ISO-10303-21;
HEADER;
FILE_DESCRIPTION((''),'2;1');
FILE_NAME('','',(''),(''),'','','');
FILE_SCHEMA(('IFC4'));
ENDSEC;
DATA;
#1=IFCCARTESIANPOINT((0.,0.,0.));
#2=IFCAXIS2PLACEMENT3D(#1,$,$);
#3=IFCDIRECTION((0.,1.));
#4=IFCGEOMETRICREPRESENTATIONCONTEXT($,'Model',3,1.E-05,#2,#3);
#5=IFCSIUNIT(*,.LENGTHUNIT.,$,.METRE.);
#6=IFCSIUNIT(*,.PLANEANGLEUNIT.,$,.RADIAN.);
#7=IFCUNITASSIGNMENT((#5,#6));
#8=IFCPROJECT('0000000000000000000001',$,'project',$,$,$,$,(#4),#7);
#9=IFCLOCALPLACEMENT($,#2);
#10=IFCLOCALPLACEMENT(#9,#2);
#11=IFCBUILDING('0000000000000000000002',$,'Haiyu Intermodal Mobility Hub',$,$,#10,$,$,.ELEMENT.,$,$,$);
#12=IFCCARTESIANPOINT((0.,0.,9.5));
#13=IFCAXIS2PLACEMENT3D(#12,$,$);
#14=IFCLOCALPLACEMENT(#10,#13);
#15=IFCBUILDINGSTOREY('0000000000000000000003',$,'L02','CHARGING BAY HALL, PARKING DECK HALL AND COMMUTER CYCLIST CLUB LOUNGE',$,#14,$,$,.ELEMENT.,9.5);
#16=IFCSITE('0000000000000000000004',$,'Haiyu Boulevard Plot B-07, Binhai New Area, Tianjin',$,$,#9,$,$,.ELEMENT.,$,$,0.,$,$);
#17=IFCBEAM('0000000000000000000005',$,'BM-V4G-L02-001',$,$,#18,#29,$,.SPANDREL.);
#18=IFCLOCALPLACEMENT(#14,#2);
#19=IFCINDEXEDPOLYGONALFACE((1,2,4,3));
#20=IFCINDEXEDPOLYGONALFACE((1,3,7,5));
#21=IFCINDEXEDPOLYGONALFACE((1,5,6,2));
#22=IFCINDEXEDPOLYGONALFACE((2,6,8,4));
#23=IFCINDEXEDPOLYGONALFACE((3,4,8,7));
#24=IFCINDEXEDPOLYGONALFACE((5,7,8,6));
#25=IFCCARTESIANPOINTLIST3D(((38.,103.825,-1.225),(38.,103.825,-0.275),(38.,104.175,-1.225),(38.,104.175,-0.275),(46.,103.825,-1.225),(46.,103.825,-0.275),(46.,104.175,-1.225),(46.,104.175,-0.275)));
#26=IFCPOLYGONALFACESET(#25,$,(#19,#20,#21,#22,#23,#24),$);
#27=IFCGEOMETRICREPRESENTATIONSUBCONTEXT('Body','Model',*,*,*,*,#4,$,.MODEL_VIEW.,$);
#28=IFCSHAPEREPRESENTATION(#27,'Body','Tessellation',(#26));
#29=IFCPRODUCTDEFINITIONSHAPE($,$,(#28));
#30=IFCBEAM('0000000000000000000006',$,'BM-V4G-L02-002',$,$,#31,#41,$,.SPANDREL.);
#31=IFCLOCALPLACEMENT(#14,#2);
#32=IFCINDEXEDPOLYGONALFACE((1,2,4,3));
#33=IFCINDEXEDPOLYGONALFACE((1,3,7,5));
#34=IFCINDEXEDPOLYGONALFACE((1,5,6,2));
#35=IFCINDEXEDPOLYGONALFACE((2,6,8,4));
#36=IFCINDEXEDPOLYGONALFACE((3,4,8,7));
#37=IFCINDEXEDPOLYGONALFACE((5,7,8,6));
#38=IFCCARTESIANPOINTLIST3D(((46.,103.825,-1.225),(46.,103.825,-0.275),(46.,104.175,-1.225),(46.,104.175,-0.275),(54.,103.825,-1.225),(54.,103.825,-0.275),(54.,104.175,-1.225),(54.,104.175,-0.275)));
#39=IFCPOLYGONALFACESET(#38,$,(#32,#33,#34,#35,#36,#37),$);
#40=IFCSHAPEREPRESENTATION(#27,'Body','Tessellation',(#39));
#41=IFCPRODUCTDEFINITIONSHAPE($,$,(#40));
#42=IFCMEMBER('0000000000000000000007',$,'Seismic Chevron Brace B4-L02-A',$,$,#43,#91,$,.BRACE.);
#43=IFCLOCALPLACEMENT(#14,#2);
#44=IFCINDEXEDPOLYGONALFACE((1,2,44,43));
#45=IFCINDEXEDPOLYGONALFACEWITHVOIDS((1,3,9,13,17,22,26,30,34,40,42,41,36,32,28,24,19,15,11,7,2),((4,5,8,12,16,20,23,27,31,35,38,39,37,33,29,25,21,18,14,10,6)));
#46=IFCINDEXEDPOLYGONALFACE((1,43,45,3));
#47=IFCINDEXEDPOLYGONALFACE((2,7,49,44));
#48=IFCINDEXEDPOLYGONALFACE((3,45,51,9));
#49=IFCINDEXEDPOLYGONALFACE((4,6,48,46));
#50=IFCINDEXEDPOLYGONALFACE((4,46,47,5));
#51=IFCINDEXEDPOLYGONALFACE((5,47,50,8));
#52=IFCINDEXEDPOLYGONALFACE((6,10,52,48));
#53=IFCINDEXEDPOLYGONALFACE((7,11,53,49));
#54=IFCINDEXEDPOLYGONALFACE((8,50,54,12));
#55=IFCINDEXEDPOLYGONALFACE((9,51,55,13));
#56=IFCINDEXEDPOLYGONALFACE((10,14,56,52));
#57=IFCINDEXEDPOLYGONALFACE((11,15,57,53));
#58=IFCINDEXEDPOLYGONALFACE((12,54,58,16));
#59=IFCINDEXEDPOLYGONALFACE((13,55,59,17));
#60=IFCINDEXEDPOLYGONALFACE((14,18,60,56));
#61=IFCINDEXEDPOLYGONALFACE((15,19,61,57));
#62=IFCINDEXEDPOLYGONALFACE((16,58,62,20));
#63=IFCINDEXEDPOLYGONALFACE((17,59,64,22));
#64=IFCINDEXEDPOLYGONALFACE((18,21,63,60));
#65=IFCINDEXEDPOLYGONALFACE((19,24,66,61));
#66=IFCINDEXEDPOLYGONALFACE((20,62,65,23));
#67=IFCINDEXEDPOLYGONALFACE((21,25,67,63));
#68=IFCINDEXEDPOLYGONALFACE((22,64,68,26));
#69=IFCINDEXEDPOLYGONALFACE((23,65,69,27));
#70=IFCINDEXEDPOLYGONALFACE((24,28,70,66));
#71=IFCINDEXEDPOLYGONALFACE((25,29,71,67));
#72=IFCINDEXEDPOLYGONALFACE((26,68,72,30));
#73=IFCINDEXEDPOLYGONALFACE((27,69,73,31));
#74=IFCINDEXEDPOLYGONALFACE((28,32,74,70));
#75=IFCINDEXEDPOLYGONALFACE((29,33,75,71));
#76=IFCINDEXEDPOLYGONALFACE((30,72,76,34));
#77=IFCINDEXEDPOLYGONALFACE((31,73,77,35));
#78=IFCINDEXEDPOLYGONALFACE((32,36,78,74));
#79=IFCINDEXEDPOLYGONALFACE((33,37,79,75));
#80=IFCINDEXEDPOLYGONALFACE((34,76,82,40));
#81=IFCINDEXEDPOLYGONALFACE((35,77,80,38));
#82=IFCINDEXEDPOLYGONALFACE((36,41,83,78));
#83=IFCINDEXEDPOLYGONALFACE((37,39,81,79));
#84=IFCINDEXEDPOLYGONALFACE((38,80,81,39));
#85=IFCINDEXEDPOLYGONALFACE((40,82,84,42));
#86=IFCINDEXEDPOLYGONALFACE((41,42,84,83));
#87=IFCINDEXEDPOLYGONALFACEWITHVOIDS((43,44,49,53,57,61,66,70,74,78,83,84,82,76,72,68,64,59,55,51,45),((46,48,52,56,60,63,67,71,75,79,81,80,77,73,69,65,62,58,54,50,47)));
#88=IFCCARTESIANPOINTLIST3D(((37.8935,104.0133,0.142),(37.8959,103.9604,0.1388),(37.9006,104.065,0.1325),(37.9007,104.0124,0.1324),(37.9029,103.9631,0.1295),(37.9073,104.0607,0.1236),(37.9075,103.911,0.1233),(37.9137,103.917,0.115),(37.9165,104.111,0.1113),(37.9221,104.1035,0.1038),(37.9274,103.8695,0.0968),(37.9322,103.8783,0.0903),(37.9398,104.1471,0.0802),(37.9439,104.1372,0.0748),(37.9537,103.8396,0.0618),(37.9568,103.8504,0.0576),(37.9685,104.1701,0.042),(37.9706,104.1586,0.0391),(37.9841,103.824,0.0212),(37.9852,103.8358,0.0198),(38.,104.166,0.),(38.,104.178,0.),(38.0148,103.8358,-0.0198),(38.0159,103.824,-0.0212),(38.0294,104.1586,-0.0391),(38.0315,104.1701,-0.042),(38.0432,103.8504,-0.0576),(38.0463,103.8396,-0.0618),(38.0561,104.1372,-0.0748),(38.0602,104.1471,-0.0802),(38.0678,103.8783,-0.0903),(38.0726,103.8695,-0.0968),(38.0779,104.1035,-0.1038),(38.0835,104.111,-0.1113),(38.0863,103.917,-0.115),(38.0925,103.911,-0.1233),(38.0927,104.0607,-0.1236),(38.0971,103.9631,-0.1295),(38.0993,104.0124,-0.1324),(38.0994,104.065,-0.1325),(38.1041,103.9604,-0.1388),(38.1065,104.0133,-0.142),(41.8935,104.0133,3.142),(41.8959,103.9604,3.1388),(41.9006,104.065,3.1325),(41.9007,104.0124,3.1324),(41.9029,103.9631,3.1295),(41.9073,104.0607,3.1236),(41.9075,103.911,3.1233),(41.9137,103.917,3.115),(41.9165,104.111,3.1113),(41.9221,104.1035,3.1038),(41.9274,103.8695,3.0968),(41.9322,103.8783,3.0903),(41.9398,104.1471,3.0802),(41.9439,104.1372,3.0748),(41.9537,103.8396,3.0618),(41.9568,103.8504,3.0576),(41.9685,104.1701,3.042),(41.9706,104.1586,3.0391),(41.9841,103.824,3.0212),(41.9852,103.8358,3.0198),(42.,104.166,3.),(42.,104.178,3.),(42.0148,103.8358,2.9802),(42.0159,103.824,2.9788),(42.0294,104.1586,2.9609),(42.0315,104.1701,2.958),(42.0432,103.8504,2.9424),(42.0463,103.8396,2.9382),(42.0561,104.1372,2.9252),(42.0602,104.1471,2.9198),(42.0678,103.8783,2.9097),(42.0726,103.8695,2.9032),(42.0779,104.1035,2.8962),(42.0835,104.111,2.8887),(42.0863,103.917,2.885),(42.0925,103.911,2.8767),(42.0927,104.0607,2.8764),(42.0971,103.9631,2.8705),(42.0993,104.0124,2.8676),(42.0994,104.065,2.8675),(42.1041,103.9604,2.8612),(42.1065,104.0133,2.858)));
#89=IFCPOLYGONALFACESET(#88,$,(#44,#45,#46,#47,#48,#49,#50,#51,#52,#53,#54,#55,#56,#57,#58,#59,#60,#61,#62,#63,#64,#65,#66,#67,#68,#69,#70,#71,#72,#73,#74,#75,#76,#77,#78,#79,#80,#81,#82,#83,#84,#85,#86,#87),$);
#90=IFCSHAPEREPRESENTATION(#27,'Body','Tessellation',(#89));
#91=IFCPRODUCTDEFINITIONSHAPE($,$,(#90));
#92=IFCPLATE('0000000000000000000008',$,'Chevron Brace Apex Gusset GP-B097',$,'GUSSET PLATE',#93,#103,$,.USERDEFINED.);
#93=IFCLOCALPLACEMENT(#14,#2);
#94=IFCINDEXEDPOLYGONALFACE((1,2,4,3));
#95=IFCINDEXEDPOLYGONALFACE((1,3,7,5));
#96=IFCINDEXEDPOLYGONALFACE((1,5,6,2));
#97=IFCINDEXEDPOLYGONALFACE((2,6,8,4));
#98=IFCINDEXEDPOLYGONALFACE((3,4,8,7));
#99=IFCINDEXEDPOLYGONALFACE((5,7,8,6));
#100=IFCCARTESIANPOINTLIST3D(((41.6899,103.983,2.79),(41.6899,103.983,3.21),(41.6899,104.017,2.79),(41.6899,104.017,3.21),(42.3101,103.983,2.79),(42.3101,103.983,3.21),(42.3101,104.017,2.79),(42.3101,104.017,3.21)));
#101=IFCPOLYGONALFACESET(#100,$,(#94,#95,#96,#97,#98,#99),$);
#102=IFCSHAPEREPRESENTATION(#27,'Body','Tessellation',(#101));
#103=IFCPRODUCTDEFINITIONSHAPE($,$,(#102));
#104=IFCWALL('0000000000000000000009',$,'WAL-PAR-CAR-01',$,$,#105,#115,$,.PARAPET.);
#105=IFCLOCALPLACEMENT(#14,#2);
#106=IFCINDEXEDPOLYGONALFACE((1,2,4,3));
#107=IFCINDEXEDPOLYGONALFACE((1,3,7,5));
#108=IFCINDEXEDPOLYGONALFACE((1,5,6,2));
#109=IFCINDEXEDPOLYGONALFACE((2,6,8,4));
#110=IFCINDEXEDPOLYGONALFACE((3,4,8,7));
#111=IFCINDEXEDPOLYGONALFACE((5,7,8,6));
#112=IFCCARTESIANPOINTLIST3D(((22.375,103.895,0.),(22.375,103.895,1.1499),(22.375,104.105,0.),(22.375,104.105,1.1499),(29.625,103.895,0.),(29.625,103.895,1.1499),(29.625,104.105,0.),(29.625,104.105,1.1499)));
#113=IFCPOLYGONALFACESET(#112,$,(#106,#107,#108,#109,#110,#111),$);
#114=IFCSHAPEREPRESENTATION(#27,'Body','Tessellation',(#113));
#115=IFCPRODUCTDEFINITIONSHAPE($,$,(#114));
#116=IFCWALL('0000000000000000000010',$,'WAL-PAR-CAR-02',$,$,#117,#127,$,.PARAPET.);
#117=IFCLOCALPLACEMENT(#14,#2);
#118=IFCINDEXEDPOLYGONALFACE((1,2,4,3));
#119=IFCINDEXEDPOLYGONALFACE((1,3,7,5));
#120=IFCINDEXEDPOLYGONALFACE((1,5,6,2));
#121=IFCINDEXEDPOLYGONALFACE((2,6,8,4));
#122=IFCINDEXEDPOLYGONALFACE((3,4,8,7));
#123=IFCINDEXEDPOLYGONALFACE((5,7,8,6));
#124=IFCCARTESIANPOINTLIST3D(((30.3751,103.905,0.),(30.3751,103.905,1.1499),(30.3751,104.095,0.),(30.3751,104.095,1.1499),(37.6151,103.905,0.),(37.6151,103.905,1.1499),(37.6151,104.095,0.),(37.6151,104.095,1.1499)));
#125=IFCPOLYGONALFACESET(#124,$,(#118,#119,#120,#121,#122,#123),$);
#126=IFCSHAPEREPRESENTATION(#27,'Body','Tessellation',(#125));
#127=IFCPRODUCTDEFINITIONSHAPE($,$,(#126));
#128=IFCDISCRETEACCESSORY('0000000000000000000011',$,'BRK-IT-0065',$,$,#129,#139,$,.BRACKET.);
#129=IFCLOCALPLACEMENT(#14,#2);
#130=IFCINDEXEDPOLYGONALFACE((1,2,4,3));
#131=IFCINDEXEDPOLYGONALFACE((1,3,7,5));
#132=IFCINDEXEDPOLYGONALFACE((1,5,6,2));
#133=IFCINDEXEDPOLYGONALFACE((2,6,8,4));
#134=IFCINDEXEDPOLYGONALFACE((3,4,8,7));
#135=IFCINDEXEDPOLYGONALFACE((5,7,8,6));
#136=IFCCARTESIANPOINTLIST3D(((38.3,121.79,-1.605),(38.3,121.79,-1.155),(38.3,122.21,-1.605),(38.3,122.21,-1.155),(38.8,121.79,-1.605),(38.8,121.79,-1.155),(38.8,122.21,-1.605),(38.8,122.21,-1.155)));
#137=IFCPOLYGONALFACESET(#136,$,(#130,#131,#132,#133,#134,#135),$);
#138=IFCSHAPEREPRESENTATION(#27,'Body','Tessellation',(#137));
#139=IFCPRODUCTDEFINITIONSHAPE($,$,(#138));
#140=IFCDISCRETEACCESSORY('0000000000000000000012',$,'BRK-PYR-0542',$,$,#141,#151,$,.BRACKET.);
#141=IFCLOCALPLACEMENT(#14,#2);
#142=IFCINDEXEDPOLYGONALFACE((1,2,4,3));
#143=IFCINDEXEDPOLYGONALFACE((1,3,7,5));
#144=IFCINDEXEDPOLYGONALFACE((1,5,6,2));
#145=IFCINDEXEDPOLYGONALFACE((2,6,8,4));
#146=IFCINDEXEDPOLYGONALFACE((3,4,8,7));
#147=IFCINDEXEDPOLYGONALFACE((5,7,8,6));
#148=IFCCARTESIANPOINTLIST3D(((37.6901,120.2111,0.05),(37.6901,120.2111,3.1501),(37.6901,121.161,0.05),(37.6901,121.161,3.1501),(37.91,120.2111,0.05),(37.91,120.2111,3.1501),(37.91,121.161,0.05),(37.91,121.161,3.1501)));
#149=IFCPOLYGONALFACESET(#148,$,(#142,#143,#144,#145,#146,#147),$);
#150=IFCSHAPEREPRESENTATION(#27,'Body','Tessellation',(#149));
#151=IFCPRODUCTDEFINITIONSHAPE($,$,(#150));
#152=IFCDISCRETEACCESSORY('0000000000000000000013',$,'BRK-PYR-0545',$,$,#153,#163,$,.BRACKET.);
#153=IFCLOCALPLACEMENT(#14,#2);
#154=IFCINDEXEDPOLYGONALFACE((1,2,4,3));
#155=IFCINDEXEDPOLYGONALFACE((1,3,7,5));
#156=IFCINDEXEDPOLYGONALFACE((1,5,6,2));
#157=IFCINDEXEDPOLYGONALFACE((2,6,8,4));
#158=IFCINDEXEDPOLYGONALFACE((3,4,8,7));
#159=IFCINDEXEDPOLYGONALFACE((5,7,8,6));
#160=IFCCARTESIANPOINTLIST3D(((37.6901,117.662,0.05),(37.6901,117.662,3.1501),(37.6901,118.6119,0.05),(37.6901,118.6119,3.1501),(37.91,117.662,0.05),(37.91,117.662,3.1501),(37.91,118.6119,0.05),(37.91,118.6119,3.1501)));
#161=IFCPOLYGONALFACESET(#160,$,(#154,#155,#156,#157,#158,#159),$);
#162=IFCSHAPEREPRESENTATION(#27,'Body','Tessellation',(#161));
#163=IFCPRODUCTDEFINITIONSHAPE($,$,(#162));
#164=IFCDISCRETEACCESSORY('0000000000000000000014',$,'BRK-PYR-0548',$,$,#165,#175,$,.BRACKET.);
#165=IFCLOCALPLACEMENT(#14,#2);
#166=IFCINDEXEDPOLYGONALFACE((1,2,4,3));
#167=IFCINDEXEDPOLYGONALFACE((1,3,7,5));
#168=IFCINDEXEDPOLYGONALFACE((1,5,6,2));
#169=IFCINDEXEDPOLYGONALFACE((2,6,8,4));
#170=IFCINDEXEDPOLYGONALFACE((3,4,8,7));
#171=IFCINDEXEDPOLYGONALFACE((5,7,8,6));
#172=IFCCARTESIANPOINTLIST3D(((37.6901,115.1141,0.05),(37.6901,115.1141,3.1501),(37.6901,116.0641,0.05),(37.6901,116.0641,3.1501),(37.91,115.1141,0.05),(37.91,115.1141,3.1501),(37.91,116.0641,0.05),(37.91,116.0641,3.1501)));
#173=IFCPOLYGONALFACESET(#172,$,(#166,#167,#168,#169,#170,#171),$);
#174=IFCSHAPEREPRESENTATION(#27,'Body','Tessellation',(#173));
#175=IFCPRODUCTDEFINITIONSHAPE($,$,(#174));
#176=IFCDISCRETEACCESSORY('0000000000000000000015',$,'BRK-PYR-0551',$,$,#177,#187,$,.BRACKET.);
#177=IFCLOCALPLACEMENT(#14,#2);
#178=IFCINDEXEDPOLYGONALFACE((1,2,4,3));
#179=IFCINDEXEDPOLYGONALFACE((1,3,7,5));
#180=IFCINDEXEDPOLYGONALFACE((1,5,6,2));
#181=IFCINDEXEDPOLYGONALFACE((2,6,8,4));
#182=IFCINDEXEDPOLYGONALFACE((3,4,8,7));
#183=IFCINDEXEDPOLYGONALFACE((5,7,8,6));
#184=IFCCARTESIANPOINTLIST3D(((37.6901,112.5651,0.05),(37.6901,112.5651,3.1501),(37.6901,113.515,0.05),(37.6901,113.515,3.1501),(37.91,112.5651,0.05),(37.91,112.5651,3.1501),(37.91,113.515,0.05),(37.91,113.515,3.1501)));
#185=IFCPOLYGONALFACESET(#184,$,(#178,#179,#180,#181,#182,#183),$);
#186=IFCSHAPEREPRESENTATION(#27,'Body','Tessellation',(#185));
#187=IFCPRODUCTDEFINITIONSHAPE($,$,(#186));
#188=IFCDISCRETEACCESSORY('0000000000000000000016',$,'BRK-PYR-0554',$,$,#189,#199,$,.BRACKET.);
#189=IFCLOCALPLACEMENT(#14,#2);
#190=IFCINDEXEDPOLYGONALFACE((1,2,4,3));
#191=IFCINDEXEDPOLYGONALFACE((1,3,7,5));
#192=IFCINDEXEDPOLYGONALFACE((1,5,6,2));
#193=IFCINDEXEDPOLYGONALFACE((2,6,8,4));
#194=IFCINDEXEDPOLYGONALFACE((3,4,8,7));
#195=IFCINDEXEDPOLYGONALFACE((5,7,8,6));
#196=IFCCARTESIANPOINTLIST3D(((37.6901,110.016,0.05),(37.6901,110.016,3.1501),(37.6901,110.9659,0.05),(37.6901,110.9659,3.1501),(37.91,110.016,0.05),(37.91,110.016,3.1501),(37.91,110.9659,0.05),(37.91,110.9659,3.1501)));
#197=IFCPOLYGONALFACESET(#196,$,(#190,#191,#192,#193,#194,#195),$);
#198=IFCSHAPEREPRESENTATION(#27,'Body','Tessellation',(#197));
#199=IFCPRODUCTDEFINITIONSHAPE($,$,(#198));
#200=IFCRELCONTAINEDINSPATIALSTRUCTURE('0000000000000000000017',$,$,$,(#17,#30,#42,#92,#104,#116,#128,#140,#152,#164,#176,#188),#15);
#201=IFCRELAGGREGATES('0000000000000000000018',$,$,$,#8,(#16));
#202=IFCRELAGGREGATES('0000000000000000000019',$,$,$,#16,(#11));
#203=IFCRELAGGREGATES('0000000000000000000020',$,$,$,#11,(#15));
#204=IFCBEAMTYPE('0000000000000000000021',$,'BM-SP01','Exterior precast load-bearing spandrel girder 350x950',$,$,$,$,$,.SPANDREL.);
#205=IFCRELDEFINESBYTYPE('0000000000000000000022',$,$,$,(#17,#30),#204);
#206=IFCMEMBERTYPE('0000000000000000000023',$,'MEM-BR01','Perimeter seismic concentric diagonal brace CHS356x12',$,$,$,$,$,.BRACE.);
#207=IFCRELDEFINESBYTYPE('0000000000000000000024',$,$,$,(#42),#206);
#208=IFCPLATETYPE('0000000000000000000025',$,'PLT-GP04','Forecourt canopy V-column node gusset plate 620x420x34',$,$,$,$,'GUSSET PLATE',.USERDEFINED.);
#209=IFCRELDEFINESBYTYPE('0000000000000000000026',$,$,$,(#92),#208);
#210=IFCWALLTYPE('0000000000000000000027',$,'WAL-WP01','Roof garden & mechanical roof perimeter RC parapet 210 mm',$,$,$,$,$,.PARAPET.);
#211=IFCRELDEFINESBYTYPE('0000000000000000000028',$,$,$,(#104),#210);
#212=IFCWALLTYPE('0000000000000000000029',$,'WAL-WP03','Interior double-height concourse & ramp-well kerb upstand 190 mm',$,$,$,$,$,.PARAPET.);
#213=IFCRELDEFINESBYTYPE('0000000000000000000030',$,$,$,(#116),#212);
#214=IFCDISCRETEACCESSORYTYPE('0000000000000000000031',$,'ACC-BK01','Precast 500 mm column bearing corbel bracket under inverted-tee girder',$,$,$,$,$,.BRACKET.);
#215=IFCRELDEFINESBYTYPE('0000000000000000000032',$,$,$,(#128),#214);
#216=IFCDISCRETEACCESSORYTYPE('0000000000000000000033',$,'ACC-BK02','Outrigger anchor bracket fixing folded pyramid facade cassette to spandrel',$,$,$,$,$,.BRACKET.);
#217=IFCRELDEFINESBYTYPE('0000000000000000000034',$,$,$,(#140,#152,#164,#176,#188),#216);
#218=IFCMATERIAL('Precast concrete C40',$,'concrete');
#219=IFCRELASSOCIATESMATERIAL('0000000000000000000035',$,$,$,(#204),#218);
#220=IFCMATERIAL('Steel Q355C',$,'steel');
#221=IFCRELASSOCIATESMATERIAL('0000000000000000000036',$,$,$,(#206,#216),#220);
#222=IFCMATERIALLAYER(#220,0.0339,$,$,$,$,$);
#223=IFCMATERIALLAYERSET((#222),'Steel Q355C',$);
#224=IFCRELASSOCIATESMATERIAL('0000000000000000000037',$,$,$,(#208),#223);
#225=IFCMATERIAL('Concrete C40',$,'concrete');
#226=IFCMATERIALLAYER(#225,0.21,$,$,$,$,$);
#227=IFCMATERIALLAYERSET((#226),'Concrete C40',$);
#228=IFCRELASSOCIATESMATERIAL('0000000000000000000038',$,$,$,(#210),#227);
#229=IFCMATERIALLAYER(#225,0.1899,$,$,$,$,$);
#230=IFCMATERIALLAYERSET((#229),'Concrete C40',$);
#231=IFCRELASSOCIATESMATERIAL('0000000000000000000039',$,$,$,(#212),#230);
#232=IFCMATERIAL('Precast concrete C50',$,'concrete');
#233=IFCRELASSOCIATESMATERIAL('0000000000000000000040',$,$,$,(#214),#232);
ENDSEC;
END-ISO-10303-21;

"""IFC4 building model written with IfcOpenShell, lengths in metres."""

from ifc_helpers import new_model, si_unit, direction, frame, frame_2d, origin, origin_2d, place, context, subcontext, project, spatial, rectangle, hollow_circle, extrude, material, layer, layer_set, material_profile, profile_set, type_object, element, save


model = new_model("IFC4")

# Units and contexts
model_context = context("Model", 3, precision=1e-05, world=origin(), true_north=direction((0.0, 1.0)))
body_context = subcontext(model_context, "Body", "Model", "MODEL_VIEW")
ifc_project = project(units=[si_unit("LENGTHUNIT", "METRE"), si_unit("PLANEANGLEUNIT", "RADIAN")], contexts=[model_context])

# Site, building, storey
site_placement = place(None, origin())
site = spatial("IfcSite", under=ifc_project, at=site_placement, Name="Haiyu Boulevard Plot B-07, Binhai New Area, Tianjin", CompositionType="ELEMENT", RefElevation=0.0)
building_placement = place(site_placement, origin())
building = spatial("IfcBuilding", under=site, at=building_placement, Name="Haiyu Intermodal Mobility Hub", CompositionType="ELEMENT")
storey_placement = place(building_placement, frame((0.0, 0.0, 9.5)))
storey = spatial("IfcBuildingStorey", under=building, at=storey_placement, Name="L02", Description="CHARGING BAY HALL, PARKING DECK HALL AND COMMUTER CYCLIST CLUB LOUNGE", CompositionType="ELEMENT", Elevation=9.5)

# Shared definitions
ifc_material_1 = material(Name="Precast concrete C40", Category="concrete")

# Beams
ifc_material_2 = material(Name="Concrete C40", Category="concrete")
ifc_material_3 = material(Name="Precast concrete C50", Category="concrete")
ifc_material_profile_1 = material_profile(ifc_material_1, rectangle(XDim=0.3501, YDim=0.95, at=origin_2d()), Name="PC350x950")
ifc_profile_set_1 = profile_set([ifc_material_profile_1], Name="Precast concrete C40")
beam_type_1 = type_object("IfcBeamType", Name="BM-SP01", Description="Exterior precast load-bearing spandrel girder 350x950", PredefinedType="SPANDREL", material=ifc_profile_set_1)
for number, where, z_axis, x_axis, name in (
    (1, (38.0, 104.0, -0.75), (1.0, 0.0, 0.0), (0.0, 1.0, 0.0), "BM-V4G-L02-001"),
    (2, (46.0, 104.0, -0.75), (1.0, 0.0, 0.0), (0.0, 1.0, 0.0), "BM-V4G-L02-002"),
):
    element("IfcBeam", number, at=place(storey_placement, frame(where, z_axis=z_axis, x_axis=x_axis)), inside=storey, type_object=beam_type_1, Name=name, PredefinedType="SPANDREL", context=body_context, shape_type="SweptSolid", body=[
        extrude(rectangle(XDim=0.3501, YDim=0.95, at=origin_2d()), origin(), (0.0, 0.0, 1.0), 8.0),
    ])

# Member
ifc_material_4 = material(Name="Steel Q355C", Category="steel")
ifc_material_profile_2 = material_profile(ifc_material_4, hollow_circle(Radius=0.178, WallThickness=0.012, at=origin_2d()), Name="CHS356x12")
ifc_profile_set_2 = profile_set([ifc_material_profile_2], Name="Steel Q355C")
member_type = type_object("IfcMemberType", Name="MEM-BR01", Description="Perimeter seismic concentric diagonal brace CHS356x12", PredefinedType="BRACE", material=ifc_profile_set_2)
member_placement = place(storey_placement, frame((38.0, 104.0, 0.0), z_axis=(0.8, 0.0, 0.6), x_axis=(0.0, 1.0, 0.0)))
element("IfcMember", 3, at=member_placement, inside=storey, type_object=member_type, Name="Seismic Chevron Brace B4-L02-A", PredefinedType="BRACE", context=body_context, shape_type="SweptSolid", body=[
    extrude(hollow_circle(Radius=0.178, WallThickness=0.012, at=origin_2d()), origin(), (0.0, 0.0, 1.0), 5.0),
])

# Plate
ifc_layer_1 = layer(ifc_material_4, 0.0339)
ifc_layer_set_1 = layer_set([ifc_layer_1], Name="Steel Q355C")
plate_type = type_object("IfcPlateType", Name="PLT-GP04", Description="Forecourt canopy V-column node gusset plate 620x420x34", ElementType="GUSSET PLATE", PredefinedType="USERDEFINED", material=ifc_layer_set_1)
plate_placement = place(storey_placement, frame((42.0, 104.0, 2.79), z_axis=(0.0, 0.0, 1.0), x_axis=(1.0, 0.0, 0.0)))
element("IfcPlate", 4, at=plate_placement, inside=storey, type_object=plate_type, Name="Chevron Brace Apex Gusset GP-B097", ObjectType="GUSSET PLATE", PredefinedType="USERDEFINED", context=body_context, shape_type="SweptSolid", body=[
    extrude(rectangle(XDim=0.6201, YDim=0.0339, at=origin_2d()), origin(), (0.0, 0.0, 1.0), 0.4199),
])

# Walls
ifc_layer_2 = layer(ifc_material_2, 0.21)
ifc_layer_set_2 = layer_set([ifc_layer_2], Name="Concrete C40")
wall_type_1 = type_object("IfcWallType", Name="WAL-WP01", Description="Roof garden & mechanical roof perimeter RC parapet 210 mm", PredefinedType="PARAPET", material=ifc_layer_set_2)
wall_1_placement = place(storey_placement, frame((22.375, 104.0, 0.0), z_axis=(0.0, 0.0, 1.0), x_axis=(1.0, 0.0, 0.0)))
element("IfcWall", 5, at=wall_1_placement, inside=storey, type_object=wall_type_1, Name="WAL-PAR-CAR-01", PredefinedType="PARAPET", context=body_context, shape_type="SweptSolid", body=[
    extrude(rectangle(XDim=7.25, YDim=0.21, at=frame_2d((3.625, 0.0))), origin(), (0.0, 0.0, 1.0), 1.1499),
])
ifc_layer_3 = layer(ifc_material_2, 0.1899)
ifc_layer_set_3 = layer_set([ifc_layer_3], Name="Concrete C40")
wall_type_2 = type_object("IfcWallType", Name="WAL-WP03", Description="Interior double-height concourse & ramp-well kerb upstand 190 mm", PredefinedType="PARAPET", material=ifc_layer_set_3)
wall_2_placement = place(storey_placement, frame((30.375, 104.0, 0.0), z_axis=(0.0, 0.0, 1.0), x_axis=(1.0, 0.0, 0.0)))
element("IfcWall", 6, at=wall_2_placement, inside=storey, type_object=wall_type_2, Name="WAL-PAR-CAR-02", PredefinedType="PARAPET", context=body_context, shape_type="SweptSolid", body=[
    extrude(rectangle(XDim=7.24, YDim=0.1899, at=frame_2d((3.6201, 0.0))), origin(), (0.0, 0.0, 1.0), 1.1499),
])

# Discrete accessories
discrete_accessory_type_1 = type_object("IfcDiscreteAccessoryType", Name="ACC-BK01", Description="Precast 500 mm column bearing corbel bracket under inverted-tee girder", PredefinedType="BRACKET", material=ifc_material_3)
discrete_accessory_placement = place(storey_placement, frame((38.55, 122.0, -1.605), z_axis=(0.0, 0.0, 1.0), x_axis=(1.0, 0.0, 0.0)))
element("IfcDiscreteAccessory", 7, at=discrete_accessory_placement, inside=storey, type_object=discrete_accessory_type_1, Name="BRK-IT-0065", PredefinedType="BRACKET", context=body_context, shape_type="SweptSolid", body=[
    extrude(rectangle(XDim=0.5, YDim=0.4199, at=origin_2d()), origin(), (0.0, 0.0, 1.0), 0.45),
])
discrete_accessory_type_2 = type_object("IfcDiscreteAccessoryType", Name="ACC-BK02", Description="Outrigger anchor bracket fixing folded pyramid facade cassette to spandrel", PredefinedType="BRACKET", material=ifc_material_4)
for number, where, z_axis, x_axis, name in (
    (8, (37.8, 120.686, 0.05), (0.0, 0.0, 1.0), (1.0, 0.0, 0.0), "BRK-PYR-0542"),
    (9, (37.8, 118.137, 0.05), (0.0, 0.0, 1.0), (1.0, 0.0, 0.0), "BRK-PYR-0545"),
    (10, (37.8, 115.5891, 0.05), (0.0, 0.0, 1.0), (1.0, 0.0, 0.0), "BRK-PYR-0548"),
    (11, (37.8, 113.04, 0.05), (0.0, 0.0, 1.0), (1.0, 0.0, 0.0), "BRK-PYR-0551"),
    (12, (37.8, 110.491, 0.05), (0.0, 0.0, 1.0), (1.0, 0.0, 0.0), "BRK-PYR-0554"),
):
    element("IfcDiscreteAccessory", number, at=place(storey_placement, frame(where, z_axis=z_axis, x_axis=x_axis)), inside=storey, type_object=discrete_accessory_type_2, Name=name, PredefinedType="BRACKET", context=body_context, shape_type="SweptSolid", body=[
        extrude(rectangle(XDim=0.22, YDim=0.95, at=origin_2d()), origin(), (0.0, 0.0, 1.0), 3.1001),
    ])

save(model, "model.ifc")
